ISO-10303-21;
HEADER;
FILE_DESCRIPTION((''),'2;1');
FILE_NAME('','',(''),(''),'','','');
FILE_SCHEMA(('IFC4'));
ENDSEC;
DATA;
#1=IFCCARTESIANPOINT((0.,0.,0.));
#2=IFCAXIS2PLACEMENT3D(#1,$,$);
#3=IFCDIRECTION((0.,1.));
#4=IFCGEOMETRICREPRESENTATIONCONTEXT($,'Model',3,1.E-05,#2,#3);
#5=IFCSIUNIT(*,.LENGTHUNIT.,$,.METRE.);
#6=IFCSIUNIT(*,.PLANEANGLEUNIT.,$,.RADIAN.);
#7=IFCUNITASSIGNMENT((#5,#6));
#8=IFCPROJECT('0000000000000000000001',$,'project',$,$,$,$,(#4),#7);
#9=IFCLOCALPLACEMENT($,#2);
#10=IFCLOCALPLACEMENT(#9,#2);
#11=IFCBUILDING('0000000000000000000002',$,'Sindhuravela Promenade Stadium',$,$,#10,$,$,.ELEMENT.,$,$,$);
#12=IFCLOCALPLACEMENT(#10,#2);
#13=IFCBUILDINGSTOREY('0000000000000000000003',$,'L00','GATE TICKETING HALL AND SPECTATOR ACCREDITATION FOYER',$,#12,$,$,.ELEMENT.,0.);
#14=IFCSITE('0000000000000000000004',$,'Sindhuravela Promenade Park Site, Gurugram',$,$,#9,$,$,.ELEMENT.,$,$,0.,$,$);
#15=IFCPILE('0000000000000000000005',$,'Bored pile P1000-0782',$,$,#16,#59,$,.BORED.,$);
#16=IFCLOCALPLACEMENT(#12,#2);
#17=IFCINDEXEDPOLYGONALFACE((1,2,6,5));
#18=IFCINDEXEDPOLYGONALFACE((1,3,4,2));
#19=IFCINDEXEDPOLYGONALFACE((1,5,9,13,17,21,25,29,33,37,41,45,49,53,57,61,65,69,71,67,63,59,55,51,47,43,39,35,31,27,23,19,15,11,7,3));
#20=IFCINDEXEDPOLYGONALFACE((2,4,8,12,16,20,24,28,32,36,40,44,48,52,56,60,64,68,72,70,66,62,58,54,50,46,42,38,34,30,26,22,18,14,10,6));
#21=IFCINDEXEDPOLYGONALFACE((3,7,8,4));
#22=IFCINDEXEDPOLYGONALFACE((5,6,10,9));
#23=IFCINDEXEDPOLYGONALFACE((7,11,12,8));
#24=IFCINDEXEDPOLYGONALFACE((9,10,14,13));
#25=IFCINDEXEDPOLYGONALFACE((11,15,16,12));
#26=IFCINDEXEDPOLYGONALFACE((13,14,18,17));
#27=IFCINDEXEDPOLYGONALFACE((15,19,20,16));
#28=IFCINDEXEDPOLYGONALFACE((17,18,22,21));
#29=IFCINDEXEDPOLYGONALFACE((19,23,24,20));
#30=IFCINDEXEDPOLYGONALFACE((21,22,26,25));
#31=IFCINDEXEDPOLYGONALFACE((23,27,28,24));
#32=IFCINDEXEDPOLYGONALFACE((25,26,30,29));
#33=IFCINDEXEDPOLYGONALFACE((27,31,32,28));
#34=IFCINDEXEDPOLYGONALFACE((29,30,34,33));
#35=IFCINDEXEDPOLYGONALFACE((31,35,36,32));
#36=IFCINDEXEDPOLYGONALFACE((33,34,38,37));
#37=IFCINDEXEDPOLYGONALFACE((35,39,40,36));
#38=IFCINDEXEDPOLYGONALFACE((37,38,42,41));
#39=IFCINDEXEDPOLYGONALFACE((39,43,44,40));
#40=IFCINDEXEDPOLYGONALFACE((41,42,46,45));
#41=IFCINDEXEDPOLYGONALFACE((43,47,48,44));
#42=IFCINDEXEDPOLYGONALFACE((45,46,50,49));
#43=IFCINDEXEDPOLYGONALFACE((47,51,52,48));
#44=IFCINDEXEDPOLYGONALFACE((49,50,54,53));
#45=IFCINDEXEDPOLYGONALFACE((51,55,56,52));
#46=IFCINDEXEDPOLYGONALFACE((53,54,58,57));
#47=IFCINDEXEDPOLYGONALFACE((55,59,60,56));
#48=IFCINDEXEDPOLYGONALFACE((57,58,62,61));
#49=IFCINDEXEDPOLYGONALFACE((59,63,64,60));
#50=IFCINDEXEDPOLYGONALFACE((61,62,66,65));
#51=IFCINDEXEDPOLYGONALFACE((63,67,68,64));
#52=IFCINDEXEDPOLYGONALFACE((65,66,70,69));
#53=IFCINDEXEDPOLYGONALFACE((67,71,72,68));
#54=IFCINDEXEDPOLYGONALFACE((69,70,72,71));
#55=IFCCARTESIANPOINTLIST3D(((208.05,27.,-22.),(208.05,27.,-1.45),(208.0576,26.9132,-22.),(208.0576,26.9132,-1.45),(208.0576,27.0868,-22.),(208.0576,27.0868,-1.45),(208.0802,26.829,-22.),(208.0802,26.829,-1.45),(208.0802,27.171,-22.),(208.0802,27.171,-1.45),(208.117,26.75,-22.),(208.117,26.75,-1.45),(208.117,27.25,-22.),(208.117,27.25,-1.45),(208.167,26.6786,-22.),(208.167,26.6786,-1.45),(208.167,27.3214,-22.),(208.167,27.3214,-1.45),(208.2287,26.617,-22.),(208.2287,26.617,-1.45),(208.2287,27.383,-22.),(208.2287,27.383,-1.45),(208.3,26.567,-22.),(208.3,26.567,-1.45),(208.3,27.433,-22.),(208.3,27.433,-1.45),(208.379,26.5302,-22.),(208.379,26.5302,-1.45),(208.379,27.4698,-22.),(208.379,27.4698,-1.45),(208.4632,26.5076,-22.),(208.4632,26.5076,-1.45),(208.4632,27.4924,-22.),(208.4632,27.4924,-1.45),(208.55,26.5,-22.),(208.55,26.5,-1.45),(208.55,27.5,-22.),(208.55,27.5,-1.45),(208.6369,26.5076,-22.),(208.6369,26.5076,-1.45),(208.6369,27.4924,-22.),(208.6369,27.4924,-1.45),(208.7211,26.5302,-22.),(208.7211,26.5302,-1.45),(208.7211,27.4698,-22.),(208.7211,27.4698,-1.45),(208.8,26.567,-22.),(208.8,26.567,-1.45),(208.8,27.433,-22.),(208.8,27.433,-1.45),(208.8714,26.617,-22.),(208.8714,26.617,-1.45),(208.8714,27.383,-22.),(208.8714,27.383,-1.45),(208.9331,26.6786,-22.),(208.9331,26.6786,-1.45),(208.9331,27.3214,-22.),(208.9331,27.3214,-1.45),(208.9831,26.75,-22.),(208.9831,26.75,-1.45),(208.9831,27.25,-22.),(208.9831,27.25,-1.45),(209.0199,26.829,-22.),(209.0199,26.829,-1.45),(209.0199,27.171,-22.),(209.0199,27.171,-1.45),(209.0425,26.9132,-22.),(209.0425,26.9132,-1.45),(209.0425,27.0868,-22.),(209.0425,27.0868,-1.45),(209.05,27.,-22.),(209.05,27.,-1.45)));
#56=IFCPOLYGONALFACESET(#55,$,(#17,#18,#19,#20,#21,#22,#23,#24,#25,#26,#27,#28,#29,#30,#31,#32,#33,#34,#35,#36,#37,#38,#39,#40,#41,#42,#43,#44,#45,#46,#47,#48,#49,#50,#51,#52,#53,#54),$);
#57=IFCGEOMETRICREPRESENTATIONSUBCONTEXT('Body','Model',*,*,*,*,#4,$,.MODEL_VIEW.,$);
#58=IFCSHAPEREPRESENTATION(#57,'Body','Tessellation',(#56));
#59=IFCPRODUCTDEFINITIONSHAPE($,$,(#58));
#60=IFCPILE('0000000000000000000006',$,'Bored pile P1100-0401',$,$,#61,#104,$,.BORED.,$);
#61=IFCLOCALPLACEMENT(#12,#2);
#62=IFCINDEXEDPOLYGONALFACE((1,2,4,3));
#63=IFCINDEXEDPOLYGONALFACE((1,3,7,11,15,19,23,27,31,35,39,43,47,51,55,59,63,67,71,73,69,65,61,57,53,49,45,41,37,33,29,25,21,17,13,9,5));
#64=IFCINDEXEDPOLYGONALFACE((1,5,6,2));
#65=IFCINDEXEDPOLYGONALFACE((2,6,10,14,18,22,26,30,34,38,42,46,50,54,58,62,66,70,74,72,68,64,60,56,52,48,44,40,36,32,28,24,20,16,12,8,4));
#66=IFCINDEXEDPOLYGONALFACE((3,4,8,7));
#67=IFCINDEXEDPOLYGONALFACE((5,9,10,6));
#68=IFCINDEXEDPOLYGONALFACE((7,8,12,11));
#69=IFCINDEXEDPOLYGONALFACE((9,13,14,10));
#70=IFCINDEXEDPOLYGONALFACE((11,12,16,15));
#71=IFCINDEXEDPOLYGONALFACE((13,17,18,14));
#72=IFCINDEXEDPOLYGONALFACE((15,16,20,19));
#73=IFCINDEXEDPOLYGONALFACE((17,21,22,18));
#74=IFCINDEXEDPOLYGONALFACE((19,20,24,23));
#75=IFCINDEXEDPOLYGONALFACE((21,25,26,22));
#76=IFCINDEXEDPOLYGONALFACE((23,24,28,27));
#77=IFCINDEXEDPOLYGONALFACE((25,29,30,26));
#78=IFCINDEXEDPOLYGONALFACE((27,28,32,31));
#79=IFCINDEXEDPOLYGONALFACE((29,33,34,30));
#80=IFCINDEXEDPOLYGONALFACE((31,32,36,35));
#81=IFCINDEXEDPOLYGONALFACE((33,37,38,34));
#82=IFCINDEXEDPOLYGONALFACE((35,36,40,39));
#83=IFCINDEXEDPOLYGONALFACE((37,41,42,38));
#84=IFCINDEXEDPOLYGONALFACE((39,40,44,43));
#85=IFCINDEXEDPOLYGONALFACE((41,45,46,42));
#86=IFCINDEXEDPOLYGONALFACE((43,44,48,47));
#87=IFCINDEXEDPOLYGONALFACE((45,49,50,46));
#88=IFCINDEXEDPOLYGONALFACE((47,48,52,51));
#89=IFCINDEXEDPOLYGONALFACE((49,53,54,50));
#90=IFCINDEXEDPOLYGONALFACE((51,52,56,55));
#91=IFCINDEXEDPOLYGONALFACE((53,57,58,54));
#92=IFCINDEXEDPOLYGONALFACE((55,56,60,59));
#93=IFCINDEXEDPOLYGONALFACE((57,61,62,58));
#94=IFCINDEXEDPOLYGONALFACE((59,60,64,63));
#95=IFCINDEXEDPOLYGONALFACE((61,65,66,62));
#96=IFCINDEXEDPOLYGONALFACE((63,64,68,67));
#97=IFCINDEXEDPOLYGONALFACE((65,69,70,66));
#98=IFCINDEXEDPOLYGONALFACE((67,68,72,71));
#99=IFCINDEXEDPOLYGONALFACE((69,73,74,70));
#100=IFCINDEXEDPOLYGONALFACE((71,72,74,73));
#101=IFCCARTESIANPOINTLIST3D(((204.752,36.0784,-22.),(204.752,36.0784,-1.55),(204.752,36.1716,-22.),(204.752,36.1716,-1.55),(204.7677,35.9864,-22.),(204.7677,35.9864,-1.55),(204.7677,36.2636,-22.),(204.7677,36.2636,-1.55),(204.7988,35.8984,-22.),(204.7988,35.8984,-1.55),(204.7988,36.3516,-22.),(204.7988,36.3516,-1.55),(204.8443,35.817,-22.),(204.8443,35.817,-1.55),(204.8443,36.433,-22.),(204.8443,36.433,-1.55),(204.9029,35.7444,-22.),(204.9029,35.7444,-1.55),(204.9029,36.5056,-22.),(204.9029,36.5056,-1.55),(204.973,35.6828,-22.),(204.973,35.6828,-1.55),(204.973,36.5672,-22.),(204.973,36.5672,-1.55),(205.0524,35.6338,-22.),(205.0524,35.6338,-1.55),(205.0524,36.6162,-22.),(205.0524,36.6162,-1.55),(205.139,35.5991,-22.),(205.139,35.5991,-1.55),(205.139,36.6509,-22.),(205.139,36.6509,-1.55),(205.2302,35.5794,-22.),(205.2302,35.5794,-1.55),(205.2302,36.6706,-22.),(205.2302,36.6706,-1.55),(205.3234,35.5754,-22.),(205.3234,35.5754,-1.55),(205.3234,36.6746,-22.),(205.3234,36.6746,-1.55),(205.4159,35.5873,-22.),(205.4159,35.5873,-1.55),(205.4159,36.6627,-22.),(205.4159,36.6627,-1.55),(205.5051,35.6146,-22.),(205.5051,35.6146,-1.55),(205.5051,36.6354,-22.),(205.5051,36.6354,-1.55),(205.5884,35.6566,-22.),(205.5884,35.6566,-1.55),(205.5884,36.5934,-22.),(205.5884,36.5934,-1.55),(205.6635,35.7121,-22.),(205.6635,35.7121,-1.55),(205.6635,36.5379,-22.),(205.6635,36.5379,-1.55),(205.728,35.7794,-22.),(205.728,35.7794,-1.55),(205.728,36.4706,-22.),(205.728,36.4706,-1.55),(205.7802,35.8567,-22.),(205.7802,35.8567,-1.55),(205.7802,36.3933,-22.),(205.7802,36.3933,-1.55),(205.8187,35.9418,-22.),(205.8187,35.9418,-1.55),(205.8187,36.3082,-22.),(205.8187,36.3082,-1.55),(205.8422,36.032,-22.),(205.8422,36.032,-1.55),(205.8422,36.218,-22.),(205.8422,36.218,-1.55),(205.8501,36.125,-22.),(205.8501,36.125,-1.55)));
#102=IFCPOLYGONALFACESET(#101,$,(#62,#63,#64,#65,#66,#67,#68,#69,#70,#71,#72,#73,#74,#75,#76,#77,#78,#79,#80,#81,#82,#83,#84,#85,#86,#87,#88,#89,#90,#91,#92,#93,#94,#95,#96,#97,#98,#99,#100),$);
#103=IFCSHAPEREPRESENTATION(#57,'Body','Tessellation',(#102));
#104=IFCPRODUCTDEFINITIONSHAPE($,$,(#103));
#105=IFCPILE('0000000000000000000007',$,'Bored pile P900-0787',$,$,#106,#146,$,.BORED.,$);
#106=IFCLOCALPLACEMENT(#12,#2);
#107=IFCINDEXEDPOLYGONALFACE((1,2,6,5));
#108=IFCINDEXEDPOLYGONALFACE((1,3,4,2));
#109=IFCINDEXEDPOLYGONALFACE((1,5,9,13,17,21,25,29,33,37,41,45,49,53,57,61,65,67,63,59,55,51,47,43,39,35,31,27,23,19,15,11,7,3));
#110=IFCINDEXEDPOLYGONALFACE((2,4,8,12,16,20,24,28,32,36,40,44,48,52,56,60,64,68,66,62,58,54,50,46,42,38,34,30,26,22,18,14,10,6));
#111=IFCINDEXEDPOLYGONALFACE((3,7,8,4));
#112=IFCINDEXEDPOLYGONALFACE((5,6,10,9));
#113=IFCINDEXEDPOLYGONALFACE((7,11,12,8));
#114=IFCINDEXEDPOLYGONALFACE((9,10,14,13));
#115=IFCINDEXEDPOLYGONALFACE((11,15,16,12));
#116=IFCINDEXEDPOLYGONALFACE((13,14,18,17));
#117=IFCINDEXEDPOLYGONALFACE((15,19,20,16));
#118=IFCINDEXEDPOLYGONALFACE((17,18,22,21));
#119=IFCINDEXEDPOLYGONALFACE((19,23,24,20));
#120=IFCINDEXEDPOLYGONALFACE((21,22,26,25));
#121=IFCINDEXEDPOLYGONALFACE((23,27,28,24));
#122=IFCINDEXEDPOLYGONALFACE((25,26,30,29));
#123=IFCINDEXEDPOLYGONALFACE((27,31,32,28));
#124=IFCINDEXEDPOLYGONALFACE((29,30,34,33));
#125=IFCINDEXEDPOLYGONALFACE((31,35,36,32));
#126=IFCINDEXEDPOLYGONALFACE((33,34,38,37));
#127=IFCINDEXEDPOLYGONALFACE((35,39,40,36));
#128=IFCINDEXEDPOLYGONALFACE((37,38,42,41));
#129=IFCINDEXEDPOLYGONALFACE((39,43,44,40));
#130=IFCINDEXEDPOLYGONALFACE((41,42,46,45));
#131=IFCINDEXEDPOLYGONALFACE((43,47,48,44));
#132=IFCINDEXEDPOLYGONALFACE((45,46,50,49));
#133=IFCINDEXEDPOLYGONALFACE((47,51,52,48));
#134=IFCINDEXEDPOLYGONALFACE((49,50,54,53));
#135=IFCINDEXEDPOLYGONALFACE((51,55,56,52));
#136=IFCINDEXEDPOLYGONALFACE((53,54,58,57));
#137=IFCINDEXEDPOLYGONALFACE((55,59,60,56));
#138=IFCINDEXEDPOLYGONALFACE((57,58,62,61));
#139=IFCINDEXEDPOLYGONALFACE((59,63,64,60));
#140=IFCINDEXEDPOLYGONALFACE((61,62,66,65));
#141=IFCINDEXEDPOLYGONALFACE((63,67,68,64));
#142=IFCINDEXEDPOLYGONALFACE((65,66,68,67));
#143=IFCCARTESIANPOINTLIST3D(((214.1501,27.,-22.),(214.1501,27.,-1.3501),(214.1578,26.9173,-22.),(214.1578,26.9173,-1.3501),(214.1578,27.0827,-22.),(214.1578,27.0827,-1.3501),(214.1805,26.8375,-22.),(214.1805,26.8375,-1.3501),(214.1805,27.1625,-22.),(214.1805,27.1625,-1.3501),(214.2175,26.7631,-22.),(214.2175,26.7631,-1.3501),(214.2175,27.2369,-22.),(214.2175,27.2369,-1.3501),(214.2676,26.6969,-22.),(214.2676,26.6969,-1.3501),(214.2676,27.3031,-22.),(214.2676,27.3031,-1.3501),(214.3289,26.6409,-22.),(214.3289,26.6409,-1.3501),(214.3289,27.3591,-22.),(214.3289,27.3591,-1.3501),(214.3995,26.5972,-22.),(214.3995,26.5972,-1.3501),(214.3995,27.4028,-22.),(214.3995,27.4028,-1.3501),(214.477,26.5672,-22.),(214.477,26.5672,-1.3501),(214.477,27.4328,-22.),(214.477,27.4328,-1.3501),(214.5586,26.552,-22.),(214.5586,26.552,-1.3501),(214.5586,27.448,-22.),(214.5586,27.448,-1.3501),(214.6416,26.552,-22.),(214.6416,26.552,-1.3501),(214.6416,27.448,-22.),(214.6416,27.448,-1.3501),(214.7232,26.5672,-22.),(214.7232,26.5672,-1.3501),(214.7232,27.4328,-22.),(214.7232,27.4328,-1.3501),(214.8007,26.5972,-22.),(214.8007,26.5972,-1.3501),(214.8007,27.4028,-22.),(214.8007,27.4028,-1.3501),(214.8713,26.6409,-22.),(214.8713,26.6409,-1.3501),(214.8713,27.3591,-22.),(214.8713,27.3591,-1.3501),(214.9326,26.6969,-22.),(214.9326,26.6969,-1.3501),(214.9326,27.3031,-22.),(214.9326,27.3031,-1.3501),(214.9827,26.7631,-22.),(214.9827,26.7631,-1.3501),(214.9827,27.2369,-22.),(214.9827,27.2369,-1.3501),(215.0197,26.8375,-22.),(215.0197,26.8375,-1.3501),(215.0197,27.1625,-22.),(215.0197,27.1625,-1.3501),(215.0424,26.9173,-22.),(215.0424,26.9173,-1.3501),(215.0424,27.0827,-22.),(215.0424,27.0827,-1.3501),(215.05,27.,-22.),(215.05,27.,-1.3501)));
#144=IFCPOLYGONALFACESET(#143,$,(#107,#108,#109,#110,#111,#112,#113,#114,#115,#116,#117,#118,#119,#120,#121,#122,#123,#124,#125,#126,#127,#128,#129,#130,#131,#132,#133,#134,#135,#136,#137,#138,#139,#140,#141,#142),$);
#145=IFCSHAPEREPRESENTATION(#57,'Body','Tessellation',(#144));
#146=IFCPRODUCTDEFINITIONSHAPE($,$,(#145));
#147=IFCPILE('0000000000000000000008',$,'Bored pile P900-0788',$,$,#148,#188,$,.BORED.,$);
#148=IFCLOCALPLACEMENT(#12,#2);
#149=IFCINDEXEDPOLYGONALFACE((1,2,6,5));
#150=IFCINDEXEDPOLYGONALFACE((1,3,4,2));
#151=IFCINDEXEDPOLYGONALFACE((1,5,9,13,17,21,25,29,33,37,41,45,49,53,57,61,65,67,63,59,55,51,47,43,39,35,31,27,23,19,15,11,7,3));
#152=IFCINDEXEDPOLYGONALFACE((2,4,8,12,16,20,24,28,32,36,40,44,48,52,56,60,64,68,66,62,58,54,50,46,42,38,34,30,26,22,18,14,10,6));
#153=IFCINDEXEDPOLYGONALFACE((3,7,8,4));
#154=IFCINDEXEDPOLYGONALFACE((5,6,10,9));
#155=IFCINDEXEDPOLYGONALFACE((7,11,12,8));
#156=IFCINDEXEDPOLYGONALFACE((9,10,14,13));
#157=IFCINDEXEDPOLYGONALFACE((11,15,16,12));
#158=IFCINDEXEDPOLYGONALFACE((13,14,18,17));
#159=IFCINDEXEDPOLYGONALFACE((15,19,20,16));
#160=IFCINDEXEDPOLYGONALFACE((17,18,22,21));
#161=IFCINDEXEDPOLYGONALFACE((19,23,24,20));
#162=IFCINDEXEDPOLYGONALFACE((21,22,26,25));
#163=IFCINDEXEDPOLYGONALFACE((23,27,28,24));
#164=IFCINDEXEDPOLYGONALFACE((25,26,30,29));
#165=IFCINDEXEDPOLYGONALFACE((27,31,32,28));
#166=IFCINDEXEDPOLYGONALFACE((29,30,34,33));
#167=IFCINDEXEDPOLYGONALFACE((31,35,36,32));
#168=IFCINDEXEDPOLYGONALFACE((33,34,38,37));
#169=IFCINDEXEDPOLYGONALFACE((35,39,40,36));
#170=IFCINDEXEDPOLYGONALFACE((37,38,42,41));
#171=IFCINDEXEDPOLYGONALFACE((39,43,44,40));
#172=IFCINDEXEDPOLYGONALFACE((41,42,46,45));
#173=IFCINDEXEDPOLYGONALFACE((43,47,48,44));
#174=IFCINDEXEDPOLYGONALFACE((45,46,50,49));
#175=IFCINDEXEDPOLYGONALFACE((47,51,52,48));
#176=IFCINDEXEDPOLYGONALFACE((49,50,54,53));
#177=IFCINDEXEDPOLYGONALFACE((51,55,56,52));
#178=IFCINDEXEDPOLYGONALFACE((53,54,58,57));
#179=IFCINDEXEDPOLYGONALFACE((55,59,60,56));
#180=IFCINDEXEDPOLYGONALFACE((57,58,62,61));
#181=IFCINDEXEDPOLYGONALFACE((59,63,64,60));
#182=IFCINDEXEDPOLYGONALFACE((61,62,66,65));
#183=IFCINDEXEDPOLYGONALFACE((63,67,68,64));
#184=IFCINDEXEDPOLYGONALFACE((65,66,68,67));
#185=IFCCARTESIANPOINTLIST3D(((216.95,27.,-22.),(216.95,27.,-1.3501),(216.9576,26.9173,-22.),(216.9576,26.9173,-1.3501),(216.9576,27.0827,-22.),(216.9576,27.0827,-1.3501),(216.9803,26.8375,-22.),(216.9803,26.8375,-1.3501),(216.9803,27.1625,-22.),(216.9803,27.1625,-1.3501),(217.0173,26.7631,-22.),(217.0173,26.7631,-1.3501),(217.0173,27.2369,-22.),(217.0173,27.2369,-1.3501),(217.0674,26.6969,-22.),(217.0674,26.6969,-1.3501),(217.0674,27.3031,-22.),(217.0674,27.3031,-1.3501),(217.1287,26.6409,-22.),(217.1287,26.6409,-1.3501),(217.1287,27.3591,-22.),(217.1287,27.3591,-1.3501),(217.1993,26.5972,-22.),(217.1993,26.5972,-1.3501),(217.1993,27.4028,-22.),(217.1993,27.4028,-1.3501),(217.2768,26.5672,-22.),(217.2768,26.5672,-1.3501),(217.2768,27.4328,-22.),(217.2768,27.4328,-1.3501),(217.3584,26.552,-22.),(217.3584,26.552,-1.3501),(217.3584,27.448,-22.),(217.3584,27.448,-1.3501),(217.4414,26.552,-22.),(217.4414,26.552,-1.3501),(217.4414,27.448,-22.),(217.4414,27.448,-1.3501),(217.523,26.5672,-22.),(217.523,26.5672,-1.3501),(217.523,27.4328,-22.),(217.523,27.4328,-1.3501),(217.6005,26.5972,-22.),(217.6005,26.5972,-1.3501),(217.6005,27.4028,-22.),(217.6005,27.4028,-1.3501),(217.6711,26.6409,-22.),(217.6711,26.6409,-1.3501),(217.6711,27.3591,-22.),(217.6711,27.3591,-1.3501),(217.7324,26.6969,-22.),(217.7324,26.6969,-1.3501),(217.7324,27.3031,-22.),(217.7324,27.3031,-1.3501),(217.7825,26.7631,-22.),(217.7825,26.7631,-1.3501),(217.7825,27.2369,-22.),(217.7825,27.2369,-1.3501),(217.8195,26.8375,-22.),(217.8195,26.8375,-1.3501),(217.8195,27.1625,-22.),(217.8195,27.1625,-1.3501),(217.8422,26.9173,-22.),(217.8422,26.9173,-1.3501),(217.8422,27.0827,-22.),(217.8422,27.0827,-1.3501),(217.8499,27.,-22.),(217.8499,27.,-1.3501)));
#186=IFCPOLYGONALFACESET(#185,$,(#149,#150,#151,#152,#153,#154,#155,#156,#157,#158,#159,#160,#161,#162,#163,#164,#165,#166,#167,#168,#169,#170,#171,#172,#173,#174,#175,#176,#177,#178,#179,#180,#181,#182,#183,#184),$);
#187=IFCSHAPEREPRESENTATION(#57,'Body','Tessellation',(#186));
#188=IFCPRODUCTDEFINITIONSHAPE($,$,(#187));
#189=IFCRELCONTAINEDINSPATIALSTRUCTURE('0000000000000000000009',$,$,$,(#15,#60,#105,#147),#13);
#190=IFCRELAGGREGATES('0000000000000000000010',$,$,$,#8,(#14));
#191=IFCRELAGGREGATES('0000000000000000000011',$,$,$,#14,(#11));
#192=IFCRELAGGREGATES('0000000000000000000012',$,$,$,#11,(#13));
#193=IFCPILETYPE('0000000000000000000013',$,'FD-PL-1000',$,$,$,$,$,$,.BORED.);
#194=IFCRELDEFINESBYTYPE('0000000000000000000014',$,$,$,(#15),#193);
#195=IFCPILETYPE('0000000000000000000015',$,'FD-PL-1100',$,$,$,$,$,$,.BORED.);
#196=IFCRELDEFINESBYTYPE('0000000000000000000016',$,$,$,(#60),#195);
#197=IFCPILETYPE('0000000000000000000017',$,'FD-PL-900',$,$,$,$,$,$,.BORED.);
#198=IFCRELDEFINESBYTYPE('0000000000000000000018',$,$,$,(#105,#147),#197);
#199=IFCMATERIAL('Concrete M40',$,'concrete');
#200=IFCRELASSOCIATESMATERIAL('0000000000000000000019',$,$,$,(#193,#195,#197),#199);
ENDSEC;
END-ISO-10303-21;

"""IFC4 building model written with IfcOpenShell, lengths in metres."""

from ifc_helpers import new_model, si_unit, direction, frame, origin, origin_2d, place, context, subcontext, project, spatial, circle, extrude, material, material_profile, profile_set, type_object, element, save


model = new_model("IFC4")

# Units and contexts
model_context = context("Model", 3, precision=1e-05, world=origin(), true_north=direction((0.0, 1.0)))
body_context = subcontext(model_context, "Body", "Model", "MODEL_VIEW")
ifc_project = project(units=[si_unit("LENGTHUNIT", "METRE"), si_unit("PLANEANGLEUNIT", "RADIAN")], contexts=[model_context])

# Site, building, storey
site_placement = place(None, origin())
site = spatial("IfcSite", under=ifc_project, at=site_placement, Name="Sindhuravela Promenade Park Site, Gurugram", CompositionType="ELEMENT", RefElevation=0.0)
building_placement = place(site_placement, origin())
building = spatial("IfcBuilding", under=site, at=building_placement, Name="Sindhuravela Promenade Stadium", CompositionType="ELEMENT")
storey_placement = place(building_placement, origin())
storey = spatial("IfcBuildingStorey", under=building, at=storey_placement, Name="L00", Description="GATE TICKETING HALL AND SPECTATOR ACCREDITATION FOYER", CompositionType="ELEMENT", Elevation=0.0)

# Piles
ifc_material_1 = material(Name="Concrete M40", Category="concrete")
ifc_material_profile_1 = material_profile(ifc_material_1, circle(Radius=0.5, at=origin_2d()), Name="BORED PILE D1000")
ifc_profile_set_1 = profile_set([ifc_material_profile_1], Name="Concrete M40")
pile_type_1 = type_object("IfcPileType", Name="FD-PL-1000", PredefinedType="BORED", material=ifc_profile_set_1)
for number, where, z_axis, x_axis, name in (
    (1, (208.55, 27.0, -1.45), (0.0, 0.0, -1.0), (1.0, 0.0, 0.0), "Bored pile P1000-0782"),
):
    element("IfcPile", number, at=place(storey_placement, frame(where, z_axis=z_axis, x_axis=x_axis)), inside=storey, type_object=pile_type_1, Name=name, PredefinedType="BORED", context=body_context, shape_type="SweptSolid", body=[
        extrude(circle(Radius=0.5, at=origin_2d()), origin(), (0.0, 0.0, 1.0), 20.55),
    ])
ifc_material_profile_2 = material_profile(ifc_material_1, circle(Radius=0.55, at=origin_2d()), Name="BORED PILE D1100")
ifc_profile_set_2 = profile_set([ifc_material_profile_2], Name="Concrete M40")
pile_type_2 = type_object("IfcPileType", Name="FD-PL-1100", PredefinedType="BORED", material=ifc_profile_set_2)
pile_1_placement = place(storey_placement, frame((205.3, 36.125, -1.55), z_axis=(0.0, 0.0, -1.0), x_axis=(1.0, 0.0, 0.0)))
element("IfcPile", 2, at=pile_1_placement, inside=storey, type_object=pile_type_2, Name="Bored pile P1100-0401", PredefinedType="BORED", context=body_context, shape_type="SweptSolid", body=[
    extrude(circle(Radius=0.55, at=origin_2d()), origin(), (0.0, 0.0, 1.0), 20.45),
])
ifc_material_profile_3 = material_profile(ifc_material_1, circle(Radius=0.45, at=origin_2d()), Name="BORED PILE D900")
ifc_profile_set_3 = profile_set([ifc_material_profile_3], Name="Concrete M40")
pile_type_3 = type_object("IfcPileType", Name="FD-PL-900", PredefinedType="BORED", material=ifc_profile_set_3)
for number, where, z_axis, x_axis, name in (
    (3, (214.6001, 27.0, -1.3501), (0.0, 0.0, -1.0), (1.0, 0.0, 0.0), "Bored pile P900-0787"),
    (4, (217.3999, 27.0, -1.3501), (0.0, 0.0, -1.0), (1.0, 0.0, 0.0), "Bored pile P900-0788"),
):
    element("IfcPile", number, at=place(storey_placement, frame(where, z_axis=z_axis, x_axis=x_axis)), inside=storey, type_object=pile_type_3, Name=name, PredefinedType="BORED", context=body_context, shape_type="SweptSolid", body=[
        extrude(circle(Radius=0.45, at=origin_2d()), origin(), (0.0, 0.0, 1.0), 20.6499),
    ])

save(model, "model.ifc")
